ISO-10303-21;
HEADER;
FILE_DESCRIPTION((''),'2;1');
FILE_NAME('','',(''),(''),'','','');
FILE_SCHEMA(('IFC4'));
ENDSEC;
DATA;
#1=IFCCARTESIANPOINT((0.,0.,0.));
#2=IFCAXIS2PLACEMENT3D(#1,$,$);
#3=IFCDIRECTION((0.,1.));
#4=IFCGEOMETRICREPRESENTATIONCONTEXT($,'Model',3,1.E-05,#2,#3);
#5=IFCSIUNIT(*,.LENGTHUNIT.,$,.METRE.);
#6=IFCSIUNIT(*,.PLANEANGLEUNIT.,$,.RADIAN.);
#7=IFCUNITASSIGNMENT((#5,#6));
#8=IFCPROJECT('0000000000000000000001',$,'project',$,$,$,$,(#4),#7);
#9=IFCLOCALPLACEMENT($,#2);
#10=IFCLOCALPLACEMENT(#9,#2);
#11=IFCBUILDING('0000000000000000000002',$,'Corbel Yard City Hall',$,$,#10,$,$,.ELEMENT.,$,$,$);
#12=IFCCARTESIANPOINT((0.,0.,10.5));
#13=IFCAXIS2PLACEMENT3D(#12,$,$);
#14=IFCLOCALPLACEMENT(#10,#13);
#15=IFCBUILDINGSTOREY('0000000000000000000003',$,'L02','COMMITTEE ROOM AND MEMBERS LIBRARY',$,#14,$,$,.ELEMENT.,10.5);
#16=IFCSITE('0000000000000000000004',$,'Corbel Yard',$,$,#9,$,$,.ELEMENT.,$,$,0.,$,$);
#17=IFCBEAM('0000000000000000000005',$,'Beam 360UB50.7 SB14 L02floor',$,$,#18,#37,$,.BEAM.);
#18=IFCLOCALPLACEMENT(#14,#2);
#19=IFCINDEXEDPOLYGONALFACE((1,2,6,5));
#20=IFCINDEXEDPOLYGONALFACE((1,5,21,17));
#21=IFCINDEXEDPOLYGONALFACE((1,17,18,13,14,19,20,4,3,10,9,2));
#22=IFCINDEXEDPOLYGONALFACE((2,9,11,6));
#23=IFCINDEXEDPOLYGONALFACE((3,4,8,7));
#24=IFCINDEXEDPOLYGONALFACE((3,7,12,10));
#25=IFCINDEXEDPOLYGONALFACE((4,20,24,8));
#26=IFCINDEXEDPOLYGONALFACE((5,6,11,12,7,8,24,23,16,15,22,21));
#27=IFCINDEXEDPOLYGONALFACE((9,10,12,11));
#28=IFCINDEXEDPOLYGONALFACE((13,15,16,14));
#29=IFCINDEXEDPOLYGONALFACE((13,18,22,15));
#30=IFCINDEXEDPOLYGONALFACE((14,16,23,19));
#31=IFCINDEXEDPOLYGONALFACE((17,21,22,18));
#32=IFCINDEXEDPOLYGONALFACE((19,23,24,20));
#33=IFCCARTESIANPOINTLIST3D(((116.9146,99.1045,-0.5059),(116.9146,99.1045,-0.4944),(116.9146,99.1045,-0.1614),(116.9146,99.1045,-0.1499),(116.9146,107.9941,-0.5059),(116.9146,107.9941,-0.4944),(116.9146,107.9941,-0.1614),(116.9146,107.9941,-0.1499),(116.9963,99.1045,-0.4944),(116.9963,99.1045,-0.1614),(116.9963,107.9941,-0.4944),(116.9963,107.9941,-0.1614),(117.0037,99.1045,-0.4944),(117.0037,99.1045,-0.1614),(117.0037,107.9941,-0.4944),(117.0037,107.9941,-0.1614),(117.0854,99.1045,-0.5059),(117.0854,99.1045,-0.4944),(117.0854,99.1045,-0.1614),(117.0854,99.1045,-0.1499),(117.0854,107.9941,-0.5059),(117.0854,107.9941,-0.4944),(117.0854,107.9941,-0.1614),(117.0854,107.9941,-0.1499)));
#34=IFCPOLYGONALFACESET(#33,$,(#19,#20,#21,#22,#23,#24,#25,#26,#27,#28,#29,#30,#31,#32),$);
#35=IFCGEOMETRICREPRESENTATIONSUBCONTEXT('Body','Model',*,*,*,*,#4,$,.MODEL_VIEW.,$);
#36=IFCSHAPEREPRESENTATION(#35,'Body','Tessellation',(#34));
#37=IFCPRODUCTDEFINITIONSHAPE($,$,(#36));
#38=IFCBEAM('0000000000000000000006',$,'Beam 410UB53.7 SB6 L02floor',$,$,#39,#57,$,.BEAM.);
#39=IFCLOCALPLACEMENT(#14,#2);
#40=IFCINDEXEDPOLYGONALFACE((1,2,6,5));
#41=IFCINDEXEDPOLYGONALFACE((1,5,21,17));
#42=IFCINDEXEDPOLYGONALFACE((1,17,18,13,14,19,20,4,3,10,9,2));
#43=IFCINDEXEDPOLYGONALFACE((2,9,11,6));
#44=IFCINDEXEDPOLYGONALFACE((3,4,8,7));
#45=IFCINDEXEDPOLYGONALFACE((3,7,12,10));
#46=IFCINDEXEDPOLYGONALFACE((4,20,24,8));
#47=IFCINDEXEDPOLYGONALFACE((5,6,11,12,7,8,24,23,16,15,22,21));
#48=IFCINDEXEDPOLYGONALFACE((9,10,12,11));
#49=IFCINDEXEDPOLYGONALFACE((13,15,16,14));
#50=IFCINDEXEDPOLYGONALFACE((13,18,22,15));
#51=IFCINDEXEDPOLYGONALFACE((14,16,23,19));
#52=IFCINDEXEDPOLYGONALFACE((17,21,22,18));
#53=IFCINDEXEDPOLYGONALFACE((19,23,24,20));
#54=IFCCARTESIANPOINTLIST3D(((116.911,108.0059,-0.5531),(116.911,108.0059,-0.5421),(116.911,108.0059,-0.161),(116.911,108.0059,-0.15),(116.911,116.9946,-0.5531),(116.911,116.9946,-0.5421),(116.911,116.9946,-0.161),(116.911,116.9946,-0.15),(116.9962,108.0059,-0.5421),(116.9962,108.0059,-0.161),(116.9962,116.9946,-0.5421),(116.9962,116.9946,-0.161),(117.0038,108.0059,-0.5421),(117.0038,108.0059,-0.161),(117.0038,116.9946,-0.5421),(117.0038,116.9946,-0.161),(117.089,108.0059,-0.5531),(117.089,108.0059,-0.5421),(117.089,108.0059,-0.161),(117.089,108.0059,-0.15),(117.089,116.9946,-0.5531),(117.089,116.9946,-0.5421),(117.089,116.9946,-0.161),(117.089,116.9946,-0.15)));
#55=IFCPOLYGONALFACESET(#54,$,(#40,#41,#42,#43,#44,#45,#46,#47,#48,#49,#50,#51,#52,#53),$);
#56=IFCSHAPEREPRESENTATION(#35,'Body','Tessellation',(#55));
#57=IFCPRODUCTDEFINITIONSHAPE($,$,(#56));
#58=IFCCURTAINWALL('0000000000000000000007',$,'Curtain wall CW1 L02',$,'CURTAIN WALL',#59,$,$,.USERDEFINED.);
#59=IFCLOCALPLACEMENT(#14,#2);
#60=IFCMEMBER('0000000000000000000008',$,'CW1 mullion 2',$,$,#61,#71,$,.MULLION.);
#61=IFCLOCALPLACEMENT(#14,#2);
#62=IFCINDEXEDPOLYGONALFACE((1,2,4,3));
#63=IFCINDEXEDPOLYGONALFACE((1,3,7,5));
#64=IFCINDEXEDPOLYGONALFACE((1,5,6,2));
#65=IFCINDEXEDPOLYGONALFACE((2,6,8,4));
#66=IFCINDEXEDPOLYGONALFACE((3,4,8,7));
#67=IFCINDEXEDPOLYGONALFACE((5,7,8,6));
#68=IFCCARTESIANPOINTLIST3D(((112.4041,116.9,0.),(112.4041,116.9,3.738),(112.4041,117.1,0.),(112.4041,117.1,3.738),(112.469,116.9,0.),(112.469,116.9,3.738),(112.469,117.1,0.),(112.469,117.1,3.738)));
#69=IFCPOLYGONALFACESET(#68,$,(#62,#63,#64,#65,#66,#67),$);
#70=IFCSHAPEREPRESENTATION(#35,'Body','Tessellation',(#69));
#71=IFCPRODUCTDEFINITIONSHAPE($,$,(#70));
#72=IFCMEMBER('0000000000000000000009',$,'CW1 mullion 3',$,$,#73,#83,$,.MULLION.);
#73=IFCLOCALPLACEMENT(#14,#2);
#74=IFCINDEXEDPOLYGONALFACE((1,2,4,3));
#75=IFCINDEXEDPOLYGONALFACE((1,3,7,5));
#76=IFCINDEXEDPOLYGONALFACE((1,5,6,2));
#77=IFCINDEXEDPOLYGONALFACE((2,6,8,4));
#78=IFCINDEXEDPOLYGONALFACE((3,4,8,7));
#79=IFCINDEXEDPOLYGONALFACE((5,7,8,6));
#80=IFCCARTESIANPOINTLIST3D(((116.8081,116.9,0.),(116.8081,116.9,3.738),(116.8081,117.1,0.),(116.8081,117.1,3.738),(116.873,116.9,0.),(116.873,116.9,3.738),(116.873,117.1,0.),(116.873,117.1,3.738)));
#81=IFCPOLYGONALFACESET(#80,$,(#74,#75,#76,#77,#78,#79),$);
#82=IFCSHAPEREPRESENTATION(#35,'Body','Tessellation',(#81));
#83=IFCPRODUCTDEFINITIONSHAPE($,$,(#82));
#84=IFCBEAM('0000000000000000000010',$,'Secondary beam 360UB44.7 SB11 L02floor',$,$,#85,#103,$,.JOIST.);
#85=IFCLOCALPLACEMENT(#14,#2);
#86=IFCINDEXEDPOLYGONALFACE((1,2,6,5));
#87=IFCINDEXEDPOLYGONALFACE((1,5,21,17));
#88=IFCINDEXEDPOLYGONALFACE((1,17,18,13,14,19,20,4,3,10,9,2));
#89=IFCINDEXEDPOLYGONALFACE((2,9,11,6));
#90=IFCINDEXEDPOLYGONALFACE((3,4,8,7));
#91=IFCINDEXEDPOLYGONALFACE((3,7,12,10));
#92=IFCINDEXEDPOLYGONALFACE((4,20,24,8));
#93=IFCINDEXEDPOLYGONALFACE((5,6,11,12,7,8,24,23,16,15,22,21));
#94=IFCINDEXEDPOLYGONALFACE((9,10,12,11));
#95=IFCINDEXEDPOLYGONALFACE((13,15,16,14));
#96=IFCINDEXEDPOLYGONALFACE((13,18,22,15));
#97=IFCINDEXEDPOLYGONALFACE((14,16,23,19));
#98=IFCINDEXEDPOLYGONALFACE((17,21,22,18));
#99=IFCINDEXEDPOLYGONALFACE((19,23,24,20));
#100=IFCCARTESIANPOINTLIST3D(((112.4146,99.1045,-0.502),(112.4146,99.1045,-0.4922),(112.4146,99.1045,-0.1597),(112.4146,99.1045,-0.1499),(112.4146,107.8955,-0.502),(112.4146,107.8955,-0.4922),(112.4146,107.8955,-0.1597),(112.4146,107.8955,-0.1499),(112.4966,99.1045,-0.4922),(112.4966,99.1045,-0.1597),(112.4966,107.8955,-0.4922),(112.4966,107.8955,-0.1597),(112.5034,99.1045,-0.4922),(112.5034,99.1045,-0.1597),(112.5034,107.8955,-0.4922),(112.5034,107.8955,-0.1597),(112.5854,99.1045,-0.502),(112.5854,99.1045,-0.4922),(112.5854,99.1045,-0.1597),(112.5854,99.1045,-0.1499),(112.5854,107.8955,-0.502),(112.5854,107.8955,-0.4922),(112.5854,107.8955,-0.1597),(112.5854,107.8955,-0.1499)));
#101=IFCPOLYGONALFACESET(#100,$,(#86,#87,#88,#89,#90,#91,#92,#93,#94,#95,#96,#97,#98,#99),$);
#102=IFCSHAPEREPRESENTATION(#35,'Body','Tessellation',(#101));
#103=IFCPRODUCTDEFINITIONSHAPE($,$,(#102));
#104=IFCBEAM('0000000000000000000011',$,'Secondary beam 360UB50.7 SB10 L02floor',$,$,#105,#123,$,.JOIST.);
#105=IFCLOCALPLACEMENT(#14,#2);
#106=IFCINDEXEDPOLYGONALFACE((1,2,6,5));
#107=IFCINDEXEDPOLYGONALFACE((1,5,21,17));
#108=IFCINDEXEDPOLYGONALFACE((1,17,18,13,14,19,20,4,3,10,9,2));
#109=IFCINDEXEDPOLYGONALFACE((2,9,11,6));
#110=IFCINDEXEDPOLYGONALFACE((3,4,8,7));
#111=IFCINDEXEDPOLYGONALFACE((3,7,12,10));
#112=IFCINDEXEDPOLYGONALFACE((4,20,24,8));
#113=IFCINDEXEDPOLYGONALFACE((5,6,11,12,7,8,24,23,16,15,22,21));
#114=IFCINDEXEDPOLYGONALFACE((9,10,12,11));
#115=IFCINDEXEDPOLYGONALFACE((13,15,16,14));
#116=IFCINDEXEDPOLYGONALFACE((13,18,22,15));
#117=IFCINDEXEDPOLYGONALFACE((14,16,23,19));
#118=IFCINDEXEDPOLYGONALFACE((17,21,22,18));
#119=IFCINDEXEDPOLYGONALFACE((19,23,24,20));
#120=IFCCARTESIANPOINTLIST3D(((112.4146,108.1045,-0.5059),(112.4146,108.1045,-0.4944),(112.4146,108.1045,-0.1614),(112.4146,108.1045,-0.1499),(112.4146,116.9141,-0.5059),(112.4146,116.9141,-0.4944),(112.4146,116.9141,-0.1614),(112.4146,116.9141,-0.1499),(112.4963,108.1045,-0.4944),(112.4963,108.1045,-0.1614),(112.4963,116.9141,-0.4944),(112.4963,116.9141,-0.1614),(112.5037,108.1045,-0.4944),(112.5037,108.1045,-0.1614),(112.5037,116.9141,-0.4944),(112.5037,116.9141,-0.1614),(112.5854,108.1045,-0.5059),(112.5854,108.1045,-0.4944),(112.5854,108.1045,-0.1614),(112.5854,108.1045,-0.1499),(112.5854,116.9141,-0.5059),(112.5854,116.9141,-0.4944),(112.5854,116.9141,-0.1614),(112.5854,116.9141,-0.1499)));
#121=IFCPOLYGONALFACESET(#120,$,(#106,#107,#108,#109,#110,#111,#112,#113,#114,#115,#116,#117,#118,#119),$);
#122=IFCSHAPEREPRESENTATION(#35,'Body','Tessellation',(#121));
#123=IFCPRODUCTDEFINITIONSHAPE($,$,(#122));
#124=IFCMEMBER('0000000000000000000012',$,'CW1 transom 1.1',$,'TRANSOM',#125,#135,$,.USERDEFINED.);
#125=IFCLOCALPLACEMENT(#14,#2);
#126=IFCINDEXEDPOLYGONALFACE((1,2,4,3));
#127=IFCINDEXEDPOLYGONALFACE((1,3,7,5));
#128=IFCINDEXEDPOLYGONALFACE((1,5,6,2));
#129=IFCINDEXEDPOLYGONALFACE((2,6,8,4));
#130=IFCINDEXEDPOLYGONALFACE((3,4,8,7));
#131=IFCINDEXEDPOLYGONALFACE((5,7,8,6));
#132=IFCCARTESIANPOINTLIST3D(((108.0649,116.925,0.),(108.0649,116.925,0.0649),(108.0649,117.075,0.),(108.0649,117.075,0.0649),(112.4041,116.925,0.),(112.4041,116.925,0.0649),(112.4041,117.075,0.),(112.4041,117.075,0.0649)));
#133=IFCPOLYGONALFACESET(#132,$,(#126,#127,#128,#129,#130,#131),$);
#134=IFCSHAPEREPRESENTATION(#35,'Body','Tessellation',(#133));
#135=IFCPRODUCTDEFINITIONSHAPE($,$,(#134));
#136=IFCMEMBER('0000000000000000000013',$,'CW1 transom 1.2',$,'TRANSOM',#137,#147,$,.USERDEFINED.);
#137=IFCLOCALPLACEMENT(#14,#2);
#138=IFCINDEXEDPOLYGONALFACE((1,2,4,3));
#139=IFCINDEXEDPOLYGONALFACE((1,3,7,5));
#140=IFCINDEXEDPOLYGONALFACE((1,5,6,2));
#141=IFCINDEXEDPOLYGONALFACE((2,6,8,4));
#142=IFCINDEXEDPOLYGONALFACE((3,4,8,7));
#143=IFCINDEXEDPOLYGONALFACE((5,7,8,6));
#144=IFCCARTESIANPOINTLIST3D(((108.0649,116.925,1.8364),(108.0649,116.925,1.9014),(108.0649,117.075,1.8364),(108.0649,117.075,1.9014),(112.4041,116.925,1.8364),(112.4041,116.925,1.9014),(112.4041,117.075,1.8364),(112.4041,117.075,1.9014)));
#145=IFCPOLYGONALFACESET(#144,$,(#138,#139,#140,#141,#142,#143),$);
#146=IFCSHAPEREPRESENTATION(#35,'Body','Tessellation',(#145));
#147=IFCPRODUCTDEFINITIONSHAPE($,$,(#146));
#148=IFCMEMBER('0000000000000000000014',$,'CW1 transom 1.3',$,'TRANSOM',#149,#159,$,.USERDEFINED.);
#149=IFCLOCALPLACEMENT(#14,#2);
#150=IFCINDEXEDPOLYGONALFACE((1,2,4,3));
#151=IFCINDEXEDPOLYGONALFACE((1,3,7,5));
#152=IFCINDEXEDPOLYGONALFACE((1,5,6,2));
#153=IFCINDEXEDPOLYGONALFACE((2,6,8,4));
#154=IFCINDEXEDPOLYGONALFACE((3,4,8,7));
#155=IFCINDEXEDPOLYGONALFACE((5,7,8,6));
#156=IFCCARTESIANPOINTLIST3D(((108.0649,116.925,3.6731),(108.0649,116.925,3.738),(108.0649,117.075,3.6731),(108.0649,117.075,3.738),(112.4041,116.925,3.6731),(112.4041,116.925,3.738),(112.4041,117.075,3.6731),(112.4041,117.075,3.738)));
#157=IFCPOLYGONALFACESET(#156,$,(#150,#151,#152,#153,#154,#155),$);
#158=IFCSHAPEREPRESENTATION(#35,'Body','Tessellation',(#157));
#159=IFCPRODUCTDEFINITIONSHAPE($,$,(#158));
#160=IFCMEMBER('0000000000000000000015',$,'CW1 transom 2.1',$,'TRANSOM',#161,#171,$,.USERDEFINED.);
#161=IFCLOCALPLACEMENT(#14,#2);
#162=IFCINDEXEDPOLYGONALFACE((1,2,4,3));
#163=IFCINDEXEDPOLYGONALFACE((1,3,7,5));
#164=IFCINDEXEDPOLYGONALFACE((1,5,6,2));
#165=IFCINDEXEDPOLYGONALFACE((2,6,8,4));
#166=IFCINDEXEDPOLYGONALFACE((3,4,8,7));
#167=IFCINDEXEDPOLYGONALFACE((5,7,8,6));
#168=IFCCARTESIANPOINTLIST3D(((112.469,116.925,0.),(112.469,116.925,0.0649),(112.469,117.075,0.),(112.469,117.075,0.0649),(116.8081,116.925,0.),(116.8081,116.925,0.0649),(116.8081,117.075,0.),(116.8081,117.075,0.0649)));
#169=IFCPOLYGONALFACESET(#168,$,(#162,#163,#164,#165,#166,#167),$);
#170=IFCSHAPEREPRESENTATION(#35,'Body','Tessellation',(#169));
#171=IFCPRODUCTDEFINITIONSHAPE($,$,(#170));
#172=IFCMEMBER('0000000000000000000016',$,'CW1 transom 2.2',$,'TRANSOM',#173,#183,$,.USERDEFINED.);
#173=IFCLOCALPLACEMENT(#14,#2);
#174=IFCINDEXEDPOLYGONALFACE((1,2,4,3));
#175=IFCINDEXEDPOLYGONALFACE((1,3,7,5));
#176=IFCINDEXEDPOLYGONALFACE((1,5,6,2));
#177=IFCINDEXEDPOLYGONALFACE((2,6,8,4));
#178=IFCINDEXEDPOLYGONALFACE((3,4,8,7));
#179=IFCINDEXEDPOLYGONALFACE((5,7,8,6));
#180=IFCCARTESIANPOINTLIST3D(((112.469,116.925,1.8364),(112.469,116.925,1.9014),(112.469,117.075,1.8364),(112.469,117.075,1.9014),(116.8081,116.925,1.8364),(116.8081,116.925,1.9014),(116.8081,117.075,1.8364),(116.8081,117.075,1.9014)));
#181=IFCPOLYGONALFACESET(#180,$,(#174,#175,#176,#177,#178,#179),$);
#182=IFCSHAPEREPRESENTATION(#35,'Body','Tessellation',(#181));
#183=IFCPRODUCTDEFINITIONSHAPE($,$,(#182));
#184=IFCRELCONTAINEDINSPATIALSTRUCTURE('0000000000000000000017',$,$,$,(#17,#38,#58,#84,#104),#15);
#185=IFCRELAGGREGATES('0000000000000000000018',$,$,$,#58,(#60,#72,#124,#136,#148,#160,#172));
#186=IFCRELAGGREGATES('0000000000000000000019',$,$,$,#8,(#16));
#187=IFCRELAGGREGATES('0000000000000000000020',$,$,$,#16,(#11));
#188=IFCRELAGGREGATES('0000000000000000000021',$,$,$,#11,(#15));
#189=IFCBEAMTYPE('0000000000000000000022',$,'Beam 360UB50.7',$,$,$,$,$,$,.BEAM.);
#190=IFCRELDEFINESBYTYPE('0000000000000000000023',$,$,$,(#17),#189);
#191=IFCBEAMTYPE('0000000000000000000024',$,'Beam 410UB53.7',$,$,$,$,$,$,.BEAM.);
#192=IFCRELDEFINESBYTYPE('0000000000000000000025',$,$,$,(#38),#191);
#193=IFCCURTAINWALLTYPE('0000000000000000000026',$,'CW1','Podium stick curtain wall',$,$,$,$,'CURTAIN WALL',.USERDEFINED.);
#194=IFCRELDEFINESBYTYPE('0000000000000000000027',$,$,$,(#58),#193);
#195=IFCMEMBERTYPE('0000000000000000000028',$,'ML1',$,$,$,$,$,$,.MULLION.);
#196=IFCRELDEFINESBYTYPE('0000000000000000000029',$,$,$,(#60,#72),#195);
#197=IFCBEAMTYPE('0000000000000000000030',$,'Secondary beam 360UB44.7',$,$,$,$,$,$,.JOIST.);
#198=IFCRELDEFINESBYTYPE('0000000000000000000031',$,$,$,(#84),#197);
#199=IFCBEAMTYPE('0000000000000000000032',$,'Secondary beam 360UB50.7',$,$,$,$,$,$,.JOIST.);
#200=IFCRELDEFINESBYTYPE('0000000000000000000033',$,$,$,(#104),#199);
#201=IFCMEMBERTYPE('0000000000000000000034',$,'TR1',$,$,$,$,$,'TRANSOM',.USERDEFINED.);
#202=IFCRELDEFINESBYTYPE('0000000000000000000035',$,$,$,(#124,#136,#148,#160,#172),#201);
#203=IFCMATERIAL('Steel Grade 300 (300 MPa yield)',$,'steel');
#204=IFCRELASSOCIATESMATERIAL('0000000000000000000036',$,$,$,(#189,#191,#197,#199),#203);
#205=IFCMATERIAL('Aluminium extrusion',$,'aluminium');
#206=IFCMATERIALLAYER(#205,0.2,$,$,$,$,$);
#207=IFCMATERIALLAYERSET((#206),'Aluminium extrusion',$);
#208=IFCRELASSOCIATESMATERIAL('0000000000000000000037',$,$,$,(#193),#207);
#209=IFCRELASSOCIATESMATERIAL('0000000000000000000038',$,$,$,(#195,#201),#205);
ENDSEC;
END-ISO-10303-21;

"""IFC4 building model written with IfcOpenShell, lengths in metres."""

from ifc_helpers import new_model, si_unit, direction, frame, origin, origin_2d, place, context, subcontext, project, spatial, rectangle, i_section, extrude, material, layer, layer_set, material_profile, profile_set, type_object, element, aggregate, save


model = new_model("IFC4")

# Units and contexts
model_context = context("Model", 3, precision=1e-05, world=origin(), true_north=direction((0.0, 1.0)))
body_context = subcontext(model_context, "Body", "Model", "MODEL_VIEW")
ifc_project = project(units=[si_unit("LENGTHUNIT", "METRE"), si_unit("PLANEANGLEUNIT", "RADIAN")], contexts=[model_context])

# Site, building, storey
site_placement = place(None, origin())
site = spatial("IfcSite", under=ifc_project, at=site_placement, Name="Corbel Yard", CompositionType="ELEMENT", RefElevation=0.0)
building_placement = place(site_placement, origin())
building = spatial("IfcBuilding", under=site, at=building_placement, Name="Corbel Yard City Hall", CompositionType="ELEMENT")
storey_placement = place(building_placement, frame((0.0, 0.0, 10.5)))
storey = spatial("IfcBuildingStorey", under=building, at=storey_placement, Name="L02", Description="COMMITTEE ROOM AND MEMBERS LIBRARY", CompositionType="ELEMENT", Elevation=10.5)

# Beams
ifc_material_1 = material(Name="Steel Grade 300 (300 MPa yield)", Category="steel")
ifc_material_profile_1 = material_profile(ifc_material_1, i_section(OverallWidth=0.1709, OverallDepth=0.356, WebThickness=0.0073, FlangeThickness=0.0115, at=origin_2d()), Name="360UB50.7")
ifc_profile_set_1 = profile_set([ifc_material_profile_1], Name="Steel Grade 300 (300 MPa yield)")
beam_type_1 = type_object("IfcBeamType", Name="Beam 360UB50.7", PredefinedType="BEAM", material=ifc_profile_set_1)
beam_1_placement = place(storey_placement, frame((117.0, 99.1045, -0.3279), z_axis=(0.0, 1.0, 0.0), x_axis=(-1.0, 0.0, 0.0)))
element("IfcBeam", 1, at=beam_1_placement, inside=storey, type_object=beam_type_1, Name="Beam 360UB50.7 SB14 L02floor", PredefinedType="BEAM", context=body_context, shape_type="SweptSolid", body=[
    extrude(i_section(OverallWidth=0.1709, OverallDepth=0.356, WebThickness=0.0073, FlangeThickness=0.0115, at=origin_2d()), origin(), (0.0, 0.0, 1.0), 8.8896),
])
ifc_material_profile_2 = material_profile(ifc_material_1, i_section(OverallWidth=0.178, OverallDepth=0.4031, WebThickness=0.0076, FlangeThickness=0.011, at=origin_2d()), Name="410UB53.7")
ifc_profile_set_2 = profile_set([ifc_material_profile_2], Name="Steel Grade 300 (300 MPa yield)")
beam_type_2 = type_object("IfcBeamType", Name="Beam 410UB53.7", PredefinedType="BEAM", material=ifc_profile_set_2)
beam_2_placement = place(storey_placement, frame((117.0, 108.0059, -0.3516), z_axis=(0.0, 1.0, 0.0), x_axis=(-1.0, 0.0, 0.0)))
element("IfcBeam", 2, at=beam_2_placement, inside=storey, type_object=beam_type_2, Name="Beam 410UB53.7 SB6 L02floor", PredefinedType="BEAM", context=body_context, shape_type="SweptSolid", body=[
    extrude(i_section(OverallWidth=0.178, OverallDepth=0.4031, WebThickness=0.0076, FlangeThickness=0.011, at=origin_2d()), origin(), (0.0, 0.0, 1.0), 8.9888),
])

# Curtain wall, members
ifc_material_2 = material(Name="Aluminium extrusion", Category="aluminium")
ifc_layer_1 = layer(ifc_material_2, 0.2)
ifc_layer_set_1 = layer_set([ifc_layer_1], Name="Aluminium extrusion")
curtain_wall_type = type_object("IfcCurtainWallType", Name="CW1", Description="Podium stick curtain wall", ElementType="CURTAIN WALL", PredefinedType="USERDEFINED", material=ifc_layer_set_1)
curtain_wall_placement = place(storey_placement, origin())
curtain_wall = element("IfcCurtainWall", 3, at=curtain_wall_placement, inside=storey, type_object=curtain_wall_type, Name="Curtain wall CW1 L02", ObjectType="CURTAIN WALL", PredefinedType="USERDEFINED")
ifc_material_profile_3 = material_profile(ifc_material_2, rectangle(XDim=0.2, YDim=0.0649, at=origin_2d()), Name="200x65")
ifc_profile_set_3 = profile_set([ifc_material_profile_3], Name="Aluminium extrusion")
member_type_1 = type_object("IfcMemberType", Name="ML1", PredefinedType="MULLION", material=ifc_profile_set_3)
member_1_placement = place(storey_placement, frame((112.4365, 117.0, 0.0), z_axis=(0.0, 0.0, 1.0), x_axis=(0.0, 1.0, 0.0)))
member_1 = element("IfcMember", 4, at=member_1_placement, type_object=member_type_1, Name="CW1 mullion 2", PredefinedType="MULLION", context=body_context, shape_type="SweptSolid", body=[
    extrude(rectangle(XDim=0.2, YDim=0.0649, at=origin_2d()), origin(), (0.0, 0.0, 1.0), 3.738),
])
member_2_placement = place(storey_placement, frame((116.8406, 117.0, 0.0), z_axis=(0.0, 0.0, 1.0), x_axis=(0.0, 1.0, 0.0)))
member_2 = element("IfcMember", 5, at=member_2_placement, type_object=member_type_1, Name="CW1 mullion 3", PredefinedType="MULLION", context=body_context, shape_type="SweptSolid", body=[
    extrude(rectangle(XDim=0.2, YDim=0.0649, at=origin_2d()), origin(), (0.0, 0.0, 1.0), 3.738),
])

# Beams
ifc_material_profile_4 = material_profile(ifc_material_1, i_section(OverallWidth=0.1709, OverallDepth=0.3521, WebThickness=0.0068, FlangeThickness=0.0098, at=origin_2d()), Name="360UB44.7")
ifc_profile_set_4 = profile_set([ifc_material_profile_4], Name="Steel Grade 300 (300 MPa yield)")
beam_type_3 = type_object("IfcBeamType", Name="Secondary beam 360UB44.7", PredefinedType="JOIST", material=ifc_profile_set_4)
beam_3_placement = place(storey_placement, frame((112.5, 99.1045, -0.3259), z_axis=(0.0, 1.0, 0.0), x_axis=(-1.0, 0.0, 0.0)))
element("IfcBeam", 6, at=beam_3_placement, inside=storey, type_object=beam_type_3, Name="Secondary beam 360UB44.7 SB11 L02floor", PredefinedType="JOIST", context=body_context, shape_type="SweptSolid", body=[
    extrude(i_section(OverallWidth=0.1709, OverallDepth=0.3521, WebThickness=0.0068, FlangeThickness=0.0098, at=origin_2d()), origin(), (0.0, 0.0, 1.0), 8.791),
])
ifc_material_profile_5 = material_profile(ifc_material_1, i_section(OverallWidth=0.1709, OverallDepth=0.356, WebThickness=0.0073, FlangeThickness=0.0115, at=origin_2d()), Name="360UB50.7")
ifc_profile_set_5 = profile_set([ifc_material_profile_5], Name="Steel Grade 300 (300 MPa yield)")
beam_type_4 = type_object("IfcBeamType", Name="Secondary beam 360UB50.7", PredefinedType="JOIST", material=ifc_profile_set_5)
beam_4_placement = place(storey_placement, frame((112.5, 108.1045, -0.3279), z_axis=(0.0, 1.0, 0.0), x_axis=(-1.0, 0.0, 0.0)))
element("IfcBeam", 7, at=beam_4_placement, inside=storey, type_object=beam_type_4, Name="Secondary beam 360UB50.7 SB10 L02floor", PredefinedType="JOIST", context=body_context, shape_type="SweptSolid", body=[
    extrude(i_section(OverallWidth=0.1709, OverallDepth=0.356, WebThickness=0.0073, FlangeThickness=0.0115, at=origin_2d()), origin(), (0.0, 0.0, 1.0), 8.8096),
])

# Members
ifc_material_profile_6 = material_profile(ifc_material_2, rectangle(XDim=0.1499, YDim=0.0649, at=origin_2d()), Name="150x65")
ifc_profile_set_6 = profile_set([ifc_material_profile_6], Name="Aluminium extrusion")
member_type_2 = type_object("IfcMemberType", Name="TR1", ElementType="TRANSOM", PredefinedType="USERDEFINED", material=ifc_profile_set_6)
member_3_placement = place(storey_placement, frame((108.0649, 117.0, 0.0325), z_axis=(1.0, 0.0, 0.0), x_axis=(0.0, 1.0, 0.0)))
member_3 = element("IfcMember", 8, at=member_3_placement, type_object=member_type_2, Name="CW1 transom 1.1", ObjectType="TRANSOM", PredefinedType="USERDEFINED", context=body_context, shape_type="SweptSolid", body=[
    extrude(rectangle(XDim=0.1499, YDim=0.0649, at=origin_2d()), origin(), (0.0, 0.0, 1.0), 4.3391),
])
member_4_placement = place(storey_placement, frame((108.0649, 117.0, 1.8689), z_axis=(1.0, 0.0, 0.0), x_axis=(0.0, 1.0, 0.0)))
member_4 = element("IfcMember", 9, at=member_4_placement, type_object=member_type_2, Name="CW1 transom 1.2", ObjectType="TRANSOM", PredefinedType="USERDEFINED", context=body_context, shape_type="SweptSolid", body=[
    extrude(rectangle(XDim=0.1499, YDim=0.0649, at=origin_2d()), origin(), (0.0, 0.0, 1.0), 4.3391),
])
member_5_placement = place(storey_placement, frame((108.0649, 117.0, 3.7056), z_axis=(1.0, 0.0, 0.0), x_axis=(0.0, 1.0, 0.0)))
member_5 = element("IfcMember", 10, at=member_5_placement, type_object=member_type_2, Name="CW1 transom 1.3", ObjectType="TRANSOM", PredefinedType="USERDEFINED", context=body_context, shape_type="SweptSolid", body=[
    extrude(rectangle(XDim=0.1499, YDim=0.0649, at=origin_2d()), origin(), (0.0, 0.0, 1.0), 4.3391),
])
member_6_placement = place(storey_placement, frame((112.469, 117.0, 0.0325), z_axis=(1.0, 0.0, 0.0), x_axis=(0.0, 1.0, 0.0)))
member_6 = element("IfcMember", 11, at=member_6_placement, type_object=member_type_2, Name="CW1 transom 2.1", ObjectType="TRANSOM", PredefinedType="USERDEFINED", context=body_context, shape_type="SweptSolid", body=[
    extrude(rectangle(XDim=0.1499, YDim=0.0649, at=origin_2d()), origin(), (0.0, 0.0, 1.0), 4.3391),
])
member_7_placement = place(storey_placement, frame((112.469, 117.0, 1.8689), z_axis=(1.0, 0.0, 0.0), x_axis=(0.0, 1.0, 0.0)))
member_7 = element("IfcMember", 12, at=member_7_placement, type_object=member_type_2, Name="CW1 transom 2.2", ObjectType="TRANSOM", PredefinedType="USERDEFINED", context=body_context, shape_type="SweptSolid", body=[
    extrude(rectangle(XDim=0.1499, YDim=0.0649, at=origin_2d()), origin(), (0.0, 0.0, 1.0), 4.3391),
])

aggregate(curtain_wall, [member_1, member_2, member_3, member_4, member_5, member_6, member_7])

save(model, "model.ifc")
